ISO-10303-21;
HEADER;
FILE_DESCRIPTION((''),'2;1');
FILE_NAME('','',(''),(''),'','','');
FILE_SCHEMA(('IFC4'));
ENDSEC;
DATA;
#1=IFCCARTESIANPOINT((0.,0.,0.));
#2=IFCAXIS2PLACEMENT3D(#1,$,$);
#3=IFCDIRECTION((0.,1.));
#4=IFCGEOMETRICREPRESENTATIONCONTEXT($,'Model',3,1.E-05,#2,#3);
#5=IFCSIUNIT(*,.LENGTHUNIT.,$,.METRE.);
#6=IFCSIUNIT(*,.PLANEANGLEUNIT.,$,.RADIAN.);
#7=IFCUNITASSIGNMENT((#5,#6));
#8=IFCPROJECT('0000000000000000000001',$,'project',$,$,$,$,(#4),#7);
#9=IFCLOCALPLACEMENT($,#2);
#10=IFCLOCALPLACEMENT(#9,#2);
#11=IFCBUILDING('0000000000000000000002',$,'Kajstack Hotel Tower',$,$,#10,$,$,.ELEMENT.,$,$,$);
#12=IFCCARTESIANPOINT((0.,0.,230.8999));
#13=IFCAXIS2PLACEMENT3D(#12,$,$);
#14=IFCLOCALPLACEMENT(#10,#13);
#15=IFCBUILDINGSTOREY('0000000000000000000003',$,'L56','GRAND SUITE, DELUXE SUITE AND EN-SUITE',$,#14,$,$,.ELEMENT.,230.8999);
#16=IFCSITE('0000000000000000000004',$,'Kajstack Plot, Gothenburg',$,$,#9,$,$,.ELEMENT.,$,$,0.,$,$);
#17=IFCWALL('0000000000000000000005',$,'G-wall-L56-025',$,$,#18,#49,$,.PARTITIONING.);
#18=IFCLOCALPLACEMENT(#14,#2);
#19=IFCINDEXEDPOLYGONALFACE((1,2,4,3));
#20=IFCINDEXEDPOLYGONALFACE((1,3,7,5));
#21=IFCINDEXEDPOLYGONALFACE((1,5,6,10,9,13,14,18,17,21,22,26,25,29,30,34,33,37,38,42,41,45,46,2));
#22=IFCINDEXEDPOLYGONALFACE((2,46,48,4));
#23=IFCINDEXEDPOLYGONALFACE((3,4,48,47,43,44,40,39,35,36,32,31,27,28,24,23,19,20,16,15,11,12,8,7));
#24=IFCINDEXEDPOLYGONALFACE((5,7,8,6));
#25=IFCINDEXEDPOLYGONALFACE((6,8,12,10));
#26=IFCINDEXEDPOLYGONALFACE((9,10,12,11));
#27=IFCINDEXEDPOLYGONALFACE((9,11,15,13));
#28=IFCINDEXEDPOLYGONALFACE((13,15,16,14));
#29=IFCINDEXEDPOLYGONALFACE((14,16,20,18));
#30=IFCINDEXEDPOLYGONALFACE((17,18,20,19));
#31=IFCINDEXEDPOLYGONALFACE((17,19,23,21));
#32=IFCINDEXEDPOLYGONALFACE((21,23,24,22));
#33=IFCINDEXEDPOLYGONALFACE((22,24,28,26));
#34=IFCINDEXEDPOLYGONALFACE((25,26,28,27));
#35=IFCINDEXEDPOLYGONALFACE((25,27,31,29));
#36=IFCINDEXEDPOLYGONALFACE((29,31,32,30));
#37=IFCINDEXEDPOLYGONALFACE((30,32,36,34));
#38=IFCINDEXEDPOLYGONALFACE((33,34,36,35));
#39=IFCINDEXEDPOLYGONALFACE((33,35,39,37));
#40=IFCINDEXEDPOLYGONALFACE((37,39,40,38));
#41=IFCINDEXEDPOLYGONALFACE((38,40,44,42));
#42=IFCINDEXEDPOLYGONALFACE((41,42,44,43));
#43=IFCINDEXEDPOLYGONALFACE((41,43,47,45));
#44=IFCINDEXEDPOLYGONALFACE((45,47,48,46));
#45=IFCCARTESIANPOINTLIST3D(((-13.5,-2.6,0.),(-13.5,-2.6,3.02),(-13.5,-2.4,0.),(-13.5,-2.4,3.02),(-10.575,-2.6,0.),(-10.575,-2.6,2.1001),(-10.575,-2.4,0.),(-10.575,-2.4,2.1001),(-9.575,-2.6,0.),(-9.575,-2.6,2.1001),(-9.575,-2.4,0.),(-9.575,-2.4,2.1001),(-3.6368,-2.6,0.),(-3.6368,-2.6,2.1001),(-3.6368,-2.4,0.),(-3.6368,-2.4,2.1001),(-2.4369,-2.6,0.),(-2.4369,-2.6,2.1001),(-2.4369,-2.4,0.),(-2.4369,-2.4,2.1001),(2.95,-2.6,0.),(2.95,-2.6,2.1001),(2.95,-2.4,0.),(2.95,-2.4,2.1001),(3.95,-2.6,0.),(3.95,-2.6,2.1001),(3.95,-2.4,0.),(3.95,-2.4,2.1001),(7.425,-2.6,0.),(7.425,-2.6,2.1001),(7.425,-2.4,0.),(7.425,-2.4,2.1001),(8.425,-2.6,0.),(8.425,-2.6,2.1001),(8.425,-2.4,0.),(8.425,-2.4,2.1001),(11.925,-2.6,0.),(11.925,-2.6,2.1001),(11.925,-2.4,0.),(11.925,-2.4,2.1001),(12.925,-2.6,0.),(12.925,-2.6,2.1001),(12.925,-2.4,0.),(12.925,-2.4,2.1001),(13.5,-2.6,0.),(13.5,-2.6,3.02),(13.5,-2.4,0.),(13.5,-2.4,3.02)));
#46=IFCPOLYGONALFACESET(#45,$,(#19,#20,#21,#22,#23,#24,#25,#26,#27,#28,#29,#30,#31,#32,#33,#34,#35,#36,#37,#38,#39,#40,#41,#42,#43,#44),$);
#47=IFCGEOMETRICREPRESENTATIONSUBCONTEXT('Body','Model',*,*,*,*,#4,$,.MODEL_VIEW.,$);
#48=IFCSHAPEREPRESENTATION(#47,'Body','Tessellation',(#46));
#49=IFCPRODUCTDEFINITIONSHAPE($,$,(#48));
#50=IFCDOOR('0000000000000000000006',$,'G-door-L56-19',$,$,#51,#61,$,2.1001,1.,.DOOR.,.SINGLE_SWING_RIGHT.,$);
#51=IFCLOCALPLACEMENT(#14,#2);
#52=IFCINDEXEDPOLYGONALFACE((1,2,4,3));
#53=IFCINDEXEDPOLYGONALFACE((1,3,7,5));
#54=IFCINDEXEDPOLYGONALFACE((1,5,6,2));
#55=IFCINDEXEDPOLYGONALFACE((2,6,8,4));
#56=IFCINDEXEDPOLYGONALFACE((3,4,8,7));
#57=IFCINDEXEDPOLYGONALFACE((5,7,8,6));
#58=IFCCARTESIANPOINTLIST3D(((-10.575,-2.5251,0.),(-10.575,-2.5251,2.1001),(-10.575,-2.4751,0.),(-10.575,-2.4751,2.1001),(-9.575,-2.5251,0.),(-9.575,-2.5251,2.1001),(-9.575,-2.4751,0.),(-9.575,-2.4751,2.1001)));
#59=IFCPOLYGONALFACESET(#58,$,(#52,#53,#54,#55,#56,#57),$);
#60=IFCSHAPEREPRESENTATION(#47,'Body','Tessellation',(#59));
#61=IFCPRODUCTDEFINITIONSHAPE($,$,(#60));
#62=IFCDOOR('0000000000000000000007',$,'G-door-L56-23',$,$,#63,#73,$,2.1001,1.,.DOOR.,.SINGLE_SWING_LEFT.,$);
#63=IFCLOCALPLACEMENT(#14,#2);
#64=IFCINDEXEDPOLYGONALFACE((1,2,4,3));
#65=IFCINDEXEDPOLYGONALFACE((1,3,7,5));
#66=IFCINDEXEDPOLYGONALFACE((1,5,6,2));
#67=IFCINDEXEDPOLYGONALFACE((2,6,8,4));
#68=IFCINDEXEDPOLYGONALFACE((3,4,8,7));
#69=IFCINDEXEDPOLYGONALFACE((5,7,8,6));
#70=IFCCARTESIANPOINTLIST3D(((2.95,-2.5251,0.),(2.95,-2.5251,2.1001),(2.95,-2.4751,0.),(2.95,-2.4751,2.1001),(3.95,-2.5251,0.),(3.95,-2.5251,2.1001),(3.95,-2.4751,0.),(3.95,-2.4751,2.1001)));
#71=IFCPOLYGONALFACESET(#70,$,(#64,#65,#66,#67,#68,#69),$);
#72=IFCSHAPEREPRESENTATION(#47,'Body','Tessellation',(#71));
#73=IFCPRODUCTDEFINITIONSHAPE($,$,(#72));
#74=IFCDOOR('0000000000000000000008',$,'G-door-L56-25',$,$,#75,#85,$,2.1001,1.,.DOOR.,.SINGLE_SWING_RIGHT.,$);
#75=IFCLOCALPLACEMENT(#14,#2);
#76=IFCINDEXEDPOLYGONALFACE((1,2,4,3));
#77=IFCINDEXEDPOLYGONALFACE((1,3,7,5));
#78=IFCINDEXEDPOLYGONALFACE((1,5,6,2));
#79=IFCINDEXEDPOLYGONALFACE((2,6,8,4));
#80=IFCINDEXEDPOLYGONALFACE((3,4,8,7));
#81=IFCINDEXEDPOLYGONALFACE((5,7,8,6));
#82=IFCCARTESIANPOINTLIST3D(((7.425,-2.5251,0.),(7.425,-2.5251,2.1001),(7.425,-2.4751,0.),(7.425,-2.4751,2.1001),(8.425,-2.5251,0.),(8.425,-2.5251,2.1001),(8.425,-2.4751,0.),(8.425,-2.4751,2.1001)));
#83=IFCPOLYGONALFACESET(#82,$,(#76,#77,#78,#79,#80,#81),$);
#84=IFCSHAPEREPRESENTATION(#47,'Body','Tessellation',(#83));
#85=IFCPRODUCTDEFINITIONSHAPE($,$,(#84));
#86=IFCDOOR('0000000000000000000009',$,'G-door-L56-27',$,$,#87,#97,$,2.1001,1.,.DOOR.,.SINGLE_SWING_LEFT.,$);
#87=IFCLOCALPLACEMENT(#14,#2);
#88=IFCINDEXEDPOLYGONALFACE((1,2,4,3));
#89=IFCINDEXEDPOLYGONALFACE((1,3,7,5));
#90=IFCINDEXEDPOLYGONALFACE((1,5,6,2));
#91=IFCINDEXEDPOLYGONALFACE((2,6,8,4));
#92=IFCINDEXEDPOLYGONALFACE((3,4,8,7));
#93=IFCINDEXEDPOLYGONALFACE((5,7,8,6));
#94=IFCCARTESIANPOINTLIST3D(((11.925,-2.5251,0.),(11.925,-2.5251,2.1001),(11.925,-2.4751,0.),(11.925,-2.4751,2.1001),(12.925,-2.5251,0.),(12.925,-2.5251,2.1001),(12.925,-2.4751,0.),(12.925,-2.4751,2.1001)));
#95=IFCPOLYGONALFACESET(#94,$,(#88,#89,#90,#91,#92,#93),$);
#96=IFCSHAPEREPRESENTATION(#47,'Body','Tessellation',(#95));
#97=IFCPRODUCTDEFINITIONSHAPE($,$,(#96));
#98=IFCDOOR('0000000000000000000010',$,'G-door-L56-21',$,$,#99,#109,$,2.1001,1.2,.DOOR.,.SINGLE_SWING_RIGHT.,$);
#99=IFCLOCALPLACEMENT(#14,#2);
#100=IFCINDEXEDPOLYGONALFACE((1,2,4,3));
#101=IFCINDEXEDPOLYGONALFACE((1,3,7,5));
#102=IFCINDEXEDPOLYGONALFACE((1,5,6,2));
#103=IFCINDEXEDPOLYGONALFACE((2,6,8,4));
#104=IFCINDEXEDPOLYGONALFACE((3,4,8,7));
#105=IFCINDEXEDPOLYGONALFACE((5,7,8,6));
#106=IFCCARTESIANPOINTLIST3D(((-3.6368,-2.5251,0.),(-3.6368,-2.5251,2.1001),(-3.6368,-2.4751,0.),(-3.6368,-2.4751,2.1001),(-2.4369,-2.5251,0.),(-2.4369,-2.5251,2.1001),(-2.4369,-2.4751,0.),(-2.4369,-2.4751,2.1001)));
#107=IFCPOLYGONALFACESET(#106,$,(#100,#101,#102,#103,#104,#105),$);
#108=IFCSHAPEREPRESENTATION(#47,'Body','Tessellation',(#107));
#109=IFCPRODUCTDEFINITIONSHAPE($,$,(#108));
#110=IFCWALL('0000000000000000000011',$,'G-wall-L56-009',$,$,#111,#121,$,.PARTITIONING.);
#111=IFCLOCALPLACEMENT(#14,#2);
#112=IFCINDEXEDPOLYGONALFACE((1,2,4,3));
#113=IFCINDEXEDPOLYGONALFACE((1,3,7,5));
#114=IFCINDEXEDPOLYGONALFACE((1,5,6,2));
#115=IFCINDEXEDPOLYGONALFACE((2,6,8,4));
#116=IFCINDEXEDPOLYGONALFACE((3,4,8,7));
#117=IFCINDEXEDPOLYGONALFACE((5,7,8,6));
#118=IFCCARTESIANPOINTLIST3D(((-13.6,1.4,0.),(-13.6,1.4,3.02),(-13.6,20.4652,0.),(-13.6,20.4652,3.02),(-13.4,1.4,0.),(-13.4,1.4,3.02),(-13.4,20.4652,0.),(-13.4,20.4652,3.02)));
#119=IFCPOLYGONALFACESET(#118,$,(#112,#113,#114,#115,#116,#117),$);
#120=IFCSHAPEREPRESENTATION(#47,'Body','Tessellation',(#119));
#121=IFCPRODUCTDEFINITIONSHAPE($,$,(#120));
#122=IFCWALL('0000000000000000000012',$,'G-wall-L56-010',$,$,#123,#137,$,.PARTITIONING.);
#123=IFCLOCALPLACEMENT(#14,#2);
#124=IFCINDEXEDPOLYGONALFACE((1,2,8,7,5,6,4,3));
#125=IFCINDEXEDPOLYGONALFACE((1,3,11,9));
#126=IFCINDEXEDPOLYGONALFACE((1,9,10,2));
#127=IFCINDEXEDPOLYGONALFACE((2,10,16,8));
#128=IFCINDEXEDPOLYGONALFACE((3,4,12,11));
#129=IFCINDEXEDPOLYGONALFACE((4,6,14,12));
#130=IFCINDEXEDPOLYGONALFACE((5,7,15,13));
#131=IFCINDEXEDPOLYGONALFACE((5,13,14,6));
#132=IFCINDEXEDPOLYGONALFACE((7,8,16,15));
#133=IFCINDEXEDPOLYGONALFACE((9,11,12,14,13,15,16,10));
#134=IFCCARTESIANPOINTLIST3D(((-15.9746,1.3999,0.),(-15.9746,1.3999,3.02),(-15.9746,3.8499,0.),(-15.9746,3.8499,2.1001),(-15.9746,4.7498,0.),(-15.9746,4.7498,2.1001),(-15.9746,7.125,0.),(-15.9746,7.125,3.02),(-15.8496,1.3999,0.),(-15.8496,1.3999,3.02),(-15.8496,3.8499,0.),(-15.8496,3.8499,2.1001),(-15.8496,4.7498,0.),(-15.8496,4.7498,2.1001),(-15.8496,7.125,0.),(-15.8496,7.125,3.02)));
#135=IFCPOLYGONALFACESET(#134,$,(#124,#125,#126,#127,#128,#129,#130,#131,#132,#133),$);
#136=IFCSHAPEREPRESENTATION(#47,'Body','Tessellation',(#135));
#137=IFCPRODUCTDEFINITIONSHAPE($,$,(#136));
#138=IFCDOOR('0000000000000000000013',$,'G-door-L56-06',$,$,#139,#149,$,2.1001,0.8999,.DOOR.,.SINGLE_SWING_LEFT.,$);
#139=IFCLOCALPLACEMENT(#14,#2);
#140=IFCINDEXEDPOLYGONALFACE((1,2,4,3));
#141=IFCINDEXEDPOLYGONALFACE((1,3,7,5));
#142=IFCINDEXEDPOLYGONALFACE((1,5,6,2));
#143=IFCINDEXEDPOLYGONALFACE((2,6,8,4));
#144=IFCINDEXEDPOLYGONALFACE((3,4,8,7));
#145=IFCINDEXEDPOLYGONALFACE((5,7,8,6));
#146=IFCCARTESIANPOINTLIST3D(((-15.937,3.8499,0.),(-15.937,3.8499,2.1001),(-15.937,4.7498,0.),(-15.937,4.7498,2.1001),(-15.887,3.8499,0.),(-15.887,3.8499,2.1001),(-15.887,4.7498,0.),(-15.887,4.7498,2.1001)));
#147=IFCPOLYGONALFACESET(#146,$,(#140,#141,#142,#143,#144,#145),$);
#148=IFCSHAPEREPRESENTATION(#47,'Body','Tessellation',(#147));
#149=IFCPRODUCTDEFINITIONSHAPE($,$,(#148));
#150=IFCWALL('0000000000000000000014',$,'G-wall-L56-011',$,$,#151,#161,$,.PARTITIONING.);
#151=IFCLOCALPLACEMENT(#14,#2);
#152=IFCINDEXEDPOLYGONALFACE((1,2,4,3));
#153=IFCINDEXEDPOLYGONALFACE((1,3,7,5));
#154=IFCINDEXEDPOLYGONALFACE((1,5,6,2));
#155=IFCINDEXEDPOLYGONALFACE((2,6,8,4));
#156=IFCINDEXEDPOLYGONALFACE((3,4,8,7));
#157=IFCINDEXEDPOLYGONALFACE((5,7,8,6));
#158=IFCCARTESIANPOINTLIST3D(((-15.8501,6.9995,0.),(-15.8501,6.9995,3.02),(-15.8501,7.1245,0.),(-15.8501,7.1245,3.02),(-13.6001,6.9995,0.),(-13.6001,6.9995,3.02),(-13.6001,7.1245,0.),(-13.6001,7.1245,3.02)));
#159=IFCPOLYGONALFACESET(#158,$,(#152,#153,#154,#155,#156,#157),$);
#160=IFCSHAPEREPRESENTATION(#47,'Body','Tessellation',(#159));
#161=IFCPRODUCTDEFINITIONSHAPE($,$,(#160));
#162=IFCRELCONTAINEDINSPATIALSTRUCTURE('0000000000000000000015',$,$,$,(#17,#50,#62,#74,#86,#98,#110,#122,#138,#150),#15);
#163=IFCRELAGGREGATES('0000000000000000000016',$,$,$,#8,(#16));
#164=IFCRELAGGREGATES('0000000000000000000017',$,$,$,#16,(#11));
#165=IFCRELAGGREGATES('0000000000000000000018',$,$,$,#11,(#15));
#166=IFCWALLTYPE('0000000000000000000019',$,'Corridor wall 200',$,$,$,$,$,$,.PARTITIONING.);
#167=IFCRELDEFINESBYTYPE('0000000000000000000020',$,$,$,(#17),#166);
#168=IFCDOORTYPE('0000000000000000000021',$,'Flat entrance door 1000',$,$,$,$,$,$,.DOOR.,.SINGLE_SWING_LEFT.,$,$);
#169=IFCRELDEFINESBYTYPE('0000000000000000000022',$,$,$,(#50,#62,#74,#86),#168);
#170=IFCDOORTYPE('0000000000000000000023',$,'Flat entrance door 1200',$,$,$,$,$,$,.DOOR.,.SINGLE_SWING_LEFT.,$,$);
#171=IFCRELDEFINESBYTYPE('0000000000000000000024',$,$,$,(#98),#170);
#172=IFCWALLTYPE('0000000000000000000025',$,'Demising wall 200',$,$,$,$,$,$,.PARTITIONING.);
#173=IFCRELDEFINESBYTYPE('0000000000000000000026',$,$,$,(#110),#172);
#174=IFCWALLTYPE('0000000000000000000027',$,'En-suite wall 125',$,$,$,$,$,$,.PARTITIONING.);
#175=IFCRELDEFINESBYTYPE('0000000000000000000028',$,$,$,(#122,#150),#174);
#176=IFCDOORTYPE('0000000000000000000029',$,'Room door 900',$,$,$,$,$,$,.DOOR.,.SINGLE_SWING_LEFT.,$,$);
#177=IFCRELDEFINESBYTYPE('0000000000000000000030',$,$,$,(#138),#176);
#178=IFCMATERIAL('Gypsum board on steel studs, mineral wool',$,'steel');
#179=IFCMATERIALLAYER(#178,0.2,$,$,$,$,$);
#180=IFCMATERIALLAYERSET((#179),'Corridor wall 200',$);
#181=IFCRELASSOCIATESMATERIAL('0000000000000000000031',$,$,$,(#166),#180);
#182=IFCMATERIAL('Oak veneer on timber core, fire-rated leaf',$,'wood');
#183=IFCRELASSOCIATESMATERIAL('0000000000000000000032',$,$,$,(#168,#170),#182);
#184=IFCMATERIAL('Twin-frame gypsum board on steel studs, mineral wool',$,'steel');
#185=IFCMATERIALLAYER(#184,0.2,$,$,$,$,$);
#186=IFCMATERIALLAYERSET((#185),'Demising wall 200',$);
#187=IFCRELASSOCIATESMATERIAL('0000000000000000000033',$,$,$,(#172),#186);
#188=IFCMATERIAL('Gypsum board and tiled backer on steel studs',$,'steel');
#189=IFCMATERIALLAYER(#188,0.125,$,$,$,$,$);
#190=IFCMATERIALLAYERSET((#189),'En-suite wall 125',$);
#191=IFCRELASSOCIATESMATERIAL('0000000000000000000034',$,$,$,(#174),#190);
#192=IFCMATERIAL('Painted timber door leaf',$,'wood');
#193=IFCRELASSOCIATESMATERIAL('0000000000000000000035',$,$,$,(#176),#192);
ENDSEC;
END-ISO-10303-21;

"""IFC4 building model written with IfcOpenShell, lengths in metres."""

from ifc_helpers import new_model, si_unit, direction, frame, frame_2d, origin, place, context, subcontext, project, spatial, rectangle, extrude, material, layer, layer_set, type_object, element, fill, save


model = new_model("IFC4")

# Units and contexts
model_context = context("Model", 3, precision=1e-05, world=origin(), true_north=direction((0.0, 1.0)))
body_context = subcontext(model_context, "Body", "Model", "MODEL_VIEW")
ifc_project = project(units=[si_unit("LENGTHUNIT", "METRE"), si_unit("PLANEANGLEUNIT", "RADIAN")], contexts=[model_context])

# Site, building, storey
site_placement = place(None, origin())
site = spatial("IfcSite", under=ifc_project, at=site_placement, Name="Kajstack Plot, Gothenburg", CompositionType="ELEMENT", RefElevation=0.0)
building_placement = place(site_placement, origin())
building = spatial("IfcBuilding", under=site, at=building_placement, Name="Kajstack Hotel Tower", CompositionType="ELEMENT")
storey_placement = place(building_placement, frame((0.0, 0.0, 230.8999)))
storey = spatial("IfcBuildingStorey", under=building, at=storey_placement, Name="L56", Description="GRAND SUITE, DELUXE SUITE AND EN-SUITE", CompositionType="ELEMENT", Elevation=230.8999)

# Wall, openings, doors
ifc_material_1 = material(Name="Gypsum board on steel studs, mineral wool", Category="steel")
ifc_layer_1 = layer(ifc_material_1, 0.2)
ifc_layer_set_1 = layer_set([ifc_layer_1], Name="Corridor wall 200")
wall_type_1 = type_object("IfcWallType", Name="Corridor wall 200", PredefinedType="PARTITIONING", material=ifc_layer_set_1)
ifc_material_2 = material(Name="Oak veneer on timber core, fire-rated leaf", Category="wood")
door_type_1 = type_object("IfcDoorType", Name="Flat entrance door 1000", OperationType="SINGLE_SWING_LEFT", PredefinedType="DOOR", material=ifc_material_2)
door_type_2 = type_object("IfcDoorType", Name="Flat entrance door 1200", OperationType="SINGLE_SWING_LEFT", PredefinedType="DOOR", material=ifc_material_2)
wall_1_placement = place(storey_placement, frame((-13.5, -2.5, 0.0), z_axis=(0.0, 0.0, 1.0), x_axis=(1.0, 0.0, 0.0)))
wall_1 = element("IfcWall", 1, at=wall_1_placement, inside=storey, type_object=wall_type_1, Name="G-wall-L56-025", PredefinedType="PARTITIONING", context=body_context, shape_type="SweptSolid", body=[
    extrude(rectangle(XDim=27.0, YDim=0.2, at=frame_2d((13.5, 0.0))), origin(), (0.0, 0.0, 1.0), 3.02),
])
opening_1_placement = place(wall_1_placement, frame((2.925, 0.0, 0.0)))
opening_1 = element("IfcOpeningElement", 2, at=opening_1_placement, cuts=wall_1, PredefinedType="OPENING", context=body_context, shape_type="SweptSolid", body=[
    extrude(rectangle(XDim=1.0, YDim=2.1001, at=frame_2d((0.5, 1.05))), frame((0.0, 0.1099, 0.0), z_axis=(0.0, -1.0, 0.0), x_axis=(1.0, 0.0, 0.0)), (0.0, 0.0, 1.0), 0.22),
])
opening_2_placement = place(wall_1_placement, frame((9.863, 0.0, 0.0)))
opening_2 = element("IfcOpeningElement", 3, at=opening_2_placement, cuts=wall_1, PredefinedType="OPENING", context=body_context, shape_type="SweptSolid", body=[
    extrude(rectangle(XDim=1.2, YDim=2.1001, at=frame_2d((0.6001, 1.05))), frame((0.0, 0.1099, 0.0), z_axis=(0.0, -1.0, 0.0), x_axis=(1.0, 0.0, 0.0)), (0.0, 0.0, 1.0), 0.22),
])
opening_3_placement = place(wall_1_placement, frame((16.45, 0.0, 0.0)))
opening_3 = element("IfcOpeningElement", 4, at=opening_3_placement, cuts=wall_1, PredefinedType="OPENING", context=body_context, shape_type="SweptSolid", body=[
    extrude(rectangle(XDim=1.0, YDim=2.1001, at=frame_2d((0.5, 1.05))), frame((0.0, 0.1099, 0.0), z_axis=(0.0, -1.0, 0.0), x_axis=(1.0, 0.0, 0.0)), (0.0, 0.0, 1.0), 0.22),
])
opening_4_placement = place(wall_1_placement, frame((20.925, 0.0, 0.0)))
opening_4 = element("IfcOpeningElement", 5, at=opening_4_placement, cuts=wall_1, PredefinedType="OPENING", context=body_context, shape_type="SweptSolid", body=[
    extrude(rectangle(XDim=1.0, YDim=2.1001, at=frame_2d((0.5, 1.05))), frame((0.0, 0.1099, 0.0), z_axis=(0.0, -1.0, 0.0), x_axis=(1.0, 0.0, 0.0)), (0.0, 0.0, 1.0), 0.22),
])
opening_5_placement = place(wall_1_placement, frame((25.425, 0.0, 0.0)))
opening_5 = element("IfcOpeningElement", 6, at=opening_5_placement, cuts=wall_1, PredefinedType="OPENING", context=body_context, shape_type="SweptSolid", body=[
    extrude(rectangle(XDim=1.0, YDim=2.1001, at=frame_2d((0.5, 1.05))), frame((0.0, 0.1099, 0.0), z_axis=(0.0, -1.0, 0.0), x_axis=(1.0, 0.0, 0.0)), (0.0, 0.0, 1.0), 0.22),
])
door_1_placement = place(opening_1_placement, origin())
door_1 = element("IfcDoor", 7, at=door_1_placement, inside=storey, type_object=door_type_1, Name="G-door-L56-19", OperationType="SINGLE_SWING_RIGHT", OverallHeight=2.1001, OverallWidth=1.0, PredefinedType="DOOR", context=body_context, shape_type="SweptSolid", body=[
    extrude(rectangle(XDim=1.0, YDim=2.1001, at=frame_2d((0.5, 1.05))), frame((0.0, 0.0249, 0.0), z_axis=(0.0, -1.0, 0.0), x_axis=(1.0, 0.0, 0.0)), (0.0, 0.0, 1.0), 0.05),
])
fill(opening_1, door_1)
door_2_placement = place(opening_3_placement, origin())
door_2 = element("IfcDoor", 8, at=door_2_placement, inside=storey, type_object=door_type_1, Name="G-door-L56-23", OperationType="SINGLE_SWING_LEFT", OverallHeight=2.1001, OverallWidth=1.0, PredefinedType="DOOR", context=body_context, shape_type="SweptSolid", body=[
    extrude(rectangle(XDim=1.0, YDim=2.1001, at=frame_2d((0.5, 1.05))), frame((0.0, 0.0249, 0.0), z_axis=(0.0, -1.0, 0.0), x_axis=(1.0, 0.0, 0.0)), (0.0, 0.0, 1.0), 0.05),
])
fill(opening_3, door_2)
door_3_placement = place(opening_4_placement, origin())
door_3 = element("IfcDoor", 9, at=door_3_placement, inside=storey, type_object=door_type_1, Name="G-door-L56-25", OperationType="SINGLE_SWING_RIGHT", OverallHeight=2.1001, OverallWidth=1.0, PredefinedType="DOOR", context=body_context, shape_type="SweptSolid", body=[
    extrude(rectangle(XDim=1.0, YDim=2.1001, at=frame_2d((0.5, 1.05))), frame((0.0, 0.0249, 0.0), z_axis=(0.0, -1.0, 0.0), x_axis=(1.0, 0.0, 0.0)), (0.0, 0.0, 1.0), 0.05),
])
fill(opening_4, door_3)
door_4_placement = place(opening_5_placement, origin())
door_4 = element("IfcDoor", 10, at=door_4_placement, inside=storey, type_object=door_type_1, Name="G-door-L56-27", OperationType="SINGLE_SWING_LEFT", OverallHeight=2.1001, OverallWidth=1.0, PredefinedType="DOOR", context=body_context, shape_type="SweptSolid", body=[
    extrude(rectangle(XDim=1.0, YDim=2.1001, at=frame_2d((0.5, 1.05))), frame((0.0, 0.0249, 0.0), z_axis=(0.0, -1.0, 0.0), x_axis=(1.0, 0.0, 0.0)), (0.0, 0.0, 1.0), 0.05),
])
fill(opening_5, door_4)
door_5_placement = place(opening_2_placement, origin())
door_5 = element("IfcDoor", 11, at=door_5_placement, inside=storey, type_object=door_type_2, Name="G-door-L56-21", OperationType="SINGLE_SWING_RIGHT", OverallHeight=2.1001, OverallWidth=1.2, PredefinedType="DOOR", context=body_context, shape_type="SweptSolid", body=[
    extrude(rectangle(XDim=1.2, YDim=2.1001, at=frame_2d((0.6001, 1.05))), frame((0.0, 0.0249, 0.0), z_axis=(0.0, -1.0, 0.0), x_axis=(1.0, 0.0, 0.0)), (0.0, 0.0, 1.0), 0.05),
])
fill(opening_2, door_5)

# Wall
ifc_material_3 = material(Name="Twin-frame gypsum board on steel studs, mineral wool", Category="steel")
ifc_layer_2 = layer(ifc_material_3, 0.2)
ifc_layer_set_2 = layer_set([ifc_layer_2], Name="Demising wall 200")
wall_type_2 = type_object("IfcWallType", Name="Demising wall 200", PredefinedType="PARTITIONING", material=ifc_layer_set_2)
wall_2_placement = place(storey_placement, frame((-13.5, 1.3999, 0.0), z_axis=(0.0, 0.0, 1.0), x_axis=(0.0, 1.0, 0.0)))
element("IfcWall", 12, at=wall_2_placement, inside=storey, type_object=wall_type_2, Name="G-wall-L56-009", PredefinedType="PARTITIONING", context=body_context, shape_type="SweptSolid", body=[
    extrude(rectangle(XDim=19.0652, YDim=0.2, at=frame_2d((9.5327, 0.0))), origin(), (0.0, 0.0, 1.0), 3.02),
])

# Wall, opening, door
ifc_material_4 = material(Name="Gypsum board and tiled backer on steel studs", Category="steel")
ifc_layer_3 = layer(ifc_material_4, 0.125)
ifc_layer_set_3 = layer_set([ifc_layer_3], Name="En-suite wall 125")
wall_type_3 = type_object("IfcWallType", Name="En-suite wall 125", PredefinedType="PARTITIONING", material=ifc_layer_set_3)
wall_3_placement = place(storey_placement, frame((-15.9121, 1.3999, 0.0), z_axis=(0.0, 0.0, 1.0), x_axis=(0.0, 1.0, 0.0)))
wall_3 = element("IfcWall", 13, at=wall_3_placement, inside=storey, type_object=wall_type_3, Name="G-wall-L56-010", PredefinedType="PARTITIONING", context=body_context, shape_type="SweptSolid", body=[
    extrude(rectangle(XDim=5.7251, YDim=0.125, at=frame_2d((2.8625, 0.0))), origin(), (0.0, 0.0, 1.0), 3.02),
])
opening_6_placement = place(wall_3_placement, frame((2.45, 0.0, 0.0)))
opening_6 = element("IfcOpeningElement", 14, at=opening_6_placement, cuts=wall_3, PredefinedType="OPENING", context=body_context, shape_type="SweptSolid", body=[
    extrude(rectangle(XDim=0.8999, YDim=2.1001, at=frame_2d((0.45, 1.05))), frame((0.0, 0.0725, 0.0), z_axis=(0.0, -1.0, 0.0), x_axis=(1.0, 0.0, 0.0)), (0.0, 0.0, 1.0), 0.145),
])
ifc_material_5 = material(Name="Painted timber door leaf", Category="wood")
door_type_3 = type_object("IfcDoorType", Name="Room door 900", OperationType="SINGLE_SWING_LEFT", PredefinedType="DOOR", material=ifc_material_5)
door_6_placement = place(opening_6_placement, origin())
door_6 = element("IfcDoor", 15, at=door_6_placement, inside=storey, type_object=door_type_3, Name="G-door-L56-06", OperationType="SINGLE_SWING_LEFT", OverallHeight=2.1001, OverallWidth=0.8999, PredefinedType="DOOR", context=body_context, shape_type="SweptSolid", body=[
    extrude(rectangle(XDim=0.8999, YDim=2.1001, at=frame_2d((0.45, 1.05))), frame((0.0, 0.0249, 0.0), z_axis=(0.0, -1.0, 0.0), x_axis=(1.0, 0.0, 0.0)), (0.0, 0.0, 1.0), 0.05),
])
fill(opening_6, door_6)

# Wall
wall_4_placement = place(storey_placement, frame((-15.8501, 7.062, 0.0), z_axis=(0.0, 0.0, 1.0), x_axis=(1.0, 0.0, 0.0)))
element("IfcWall", 16, at=wall_4_placement, inside=storey, type_object=wall_type_3, Name="G-wall-L56-011", PredefinedType="PARTITIONING", context=body_context, shape_type="SweptSolid", body=[
    extrude(rectangle(XDim=2.25, YDim=0.125, at=frame_2d((1.125, 0.0))), origin(), (0.0, 0.0, 1.0), 3.02),
])

save(model, "model.ifc")
